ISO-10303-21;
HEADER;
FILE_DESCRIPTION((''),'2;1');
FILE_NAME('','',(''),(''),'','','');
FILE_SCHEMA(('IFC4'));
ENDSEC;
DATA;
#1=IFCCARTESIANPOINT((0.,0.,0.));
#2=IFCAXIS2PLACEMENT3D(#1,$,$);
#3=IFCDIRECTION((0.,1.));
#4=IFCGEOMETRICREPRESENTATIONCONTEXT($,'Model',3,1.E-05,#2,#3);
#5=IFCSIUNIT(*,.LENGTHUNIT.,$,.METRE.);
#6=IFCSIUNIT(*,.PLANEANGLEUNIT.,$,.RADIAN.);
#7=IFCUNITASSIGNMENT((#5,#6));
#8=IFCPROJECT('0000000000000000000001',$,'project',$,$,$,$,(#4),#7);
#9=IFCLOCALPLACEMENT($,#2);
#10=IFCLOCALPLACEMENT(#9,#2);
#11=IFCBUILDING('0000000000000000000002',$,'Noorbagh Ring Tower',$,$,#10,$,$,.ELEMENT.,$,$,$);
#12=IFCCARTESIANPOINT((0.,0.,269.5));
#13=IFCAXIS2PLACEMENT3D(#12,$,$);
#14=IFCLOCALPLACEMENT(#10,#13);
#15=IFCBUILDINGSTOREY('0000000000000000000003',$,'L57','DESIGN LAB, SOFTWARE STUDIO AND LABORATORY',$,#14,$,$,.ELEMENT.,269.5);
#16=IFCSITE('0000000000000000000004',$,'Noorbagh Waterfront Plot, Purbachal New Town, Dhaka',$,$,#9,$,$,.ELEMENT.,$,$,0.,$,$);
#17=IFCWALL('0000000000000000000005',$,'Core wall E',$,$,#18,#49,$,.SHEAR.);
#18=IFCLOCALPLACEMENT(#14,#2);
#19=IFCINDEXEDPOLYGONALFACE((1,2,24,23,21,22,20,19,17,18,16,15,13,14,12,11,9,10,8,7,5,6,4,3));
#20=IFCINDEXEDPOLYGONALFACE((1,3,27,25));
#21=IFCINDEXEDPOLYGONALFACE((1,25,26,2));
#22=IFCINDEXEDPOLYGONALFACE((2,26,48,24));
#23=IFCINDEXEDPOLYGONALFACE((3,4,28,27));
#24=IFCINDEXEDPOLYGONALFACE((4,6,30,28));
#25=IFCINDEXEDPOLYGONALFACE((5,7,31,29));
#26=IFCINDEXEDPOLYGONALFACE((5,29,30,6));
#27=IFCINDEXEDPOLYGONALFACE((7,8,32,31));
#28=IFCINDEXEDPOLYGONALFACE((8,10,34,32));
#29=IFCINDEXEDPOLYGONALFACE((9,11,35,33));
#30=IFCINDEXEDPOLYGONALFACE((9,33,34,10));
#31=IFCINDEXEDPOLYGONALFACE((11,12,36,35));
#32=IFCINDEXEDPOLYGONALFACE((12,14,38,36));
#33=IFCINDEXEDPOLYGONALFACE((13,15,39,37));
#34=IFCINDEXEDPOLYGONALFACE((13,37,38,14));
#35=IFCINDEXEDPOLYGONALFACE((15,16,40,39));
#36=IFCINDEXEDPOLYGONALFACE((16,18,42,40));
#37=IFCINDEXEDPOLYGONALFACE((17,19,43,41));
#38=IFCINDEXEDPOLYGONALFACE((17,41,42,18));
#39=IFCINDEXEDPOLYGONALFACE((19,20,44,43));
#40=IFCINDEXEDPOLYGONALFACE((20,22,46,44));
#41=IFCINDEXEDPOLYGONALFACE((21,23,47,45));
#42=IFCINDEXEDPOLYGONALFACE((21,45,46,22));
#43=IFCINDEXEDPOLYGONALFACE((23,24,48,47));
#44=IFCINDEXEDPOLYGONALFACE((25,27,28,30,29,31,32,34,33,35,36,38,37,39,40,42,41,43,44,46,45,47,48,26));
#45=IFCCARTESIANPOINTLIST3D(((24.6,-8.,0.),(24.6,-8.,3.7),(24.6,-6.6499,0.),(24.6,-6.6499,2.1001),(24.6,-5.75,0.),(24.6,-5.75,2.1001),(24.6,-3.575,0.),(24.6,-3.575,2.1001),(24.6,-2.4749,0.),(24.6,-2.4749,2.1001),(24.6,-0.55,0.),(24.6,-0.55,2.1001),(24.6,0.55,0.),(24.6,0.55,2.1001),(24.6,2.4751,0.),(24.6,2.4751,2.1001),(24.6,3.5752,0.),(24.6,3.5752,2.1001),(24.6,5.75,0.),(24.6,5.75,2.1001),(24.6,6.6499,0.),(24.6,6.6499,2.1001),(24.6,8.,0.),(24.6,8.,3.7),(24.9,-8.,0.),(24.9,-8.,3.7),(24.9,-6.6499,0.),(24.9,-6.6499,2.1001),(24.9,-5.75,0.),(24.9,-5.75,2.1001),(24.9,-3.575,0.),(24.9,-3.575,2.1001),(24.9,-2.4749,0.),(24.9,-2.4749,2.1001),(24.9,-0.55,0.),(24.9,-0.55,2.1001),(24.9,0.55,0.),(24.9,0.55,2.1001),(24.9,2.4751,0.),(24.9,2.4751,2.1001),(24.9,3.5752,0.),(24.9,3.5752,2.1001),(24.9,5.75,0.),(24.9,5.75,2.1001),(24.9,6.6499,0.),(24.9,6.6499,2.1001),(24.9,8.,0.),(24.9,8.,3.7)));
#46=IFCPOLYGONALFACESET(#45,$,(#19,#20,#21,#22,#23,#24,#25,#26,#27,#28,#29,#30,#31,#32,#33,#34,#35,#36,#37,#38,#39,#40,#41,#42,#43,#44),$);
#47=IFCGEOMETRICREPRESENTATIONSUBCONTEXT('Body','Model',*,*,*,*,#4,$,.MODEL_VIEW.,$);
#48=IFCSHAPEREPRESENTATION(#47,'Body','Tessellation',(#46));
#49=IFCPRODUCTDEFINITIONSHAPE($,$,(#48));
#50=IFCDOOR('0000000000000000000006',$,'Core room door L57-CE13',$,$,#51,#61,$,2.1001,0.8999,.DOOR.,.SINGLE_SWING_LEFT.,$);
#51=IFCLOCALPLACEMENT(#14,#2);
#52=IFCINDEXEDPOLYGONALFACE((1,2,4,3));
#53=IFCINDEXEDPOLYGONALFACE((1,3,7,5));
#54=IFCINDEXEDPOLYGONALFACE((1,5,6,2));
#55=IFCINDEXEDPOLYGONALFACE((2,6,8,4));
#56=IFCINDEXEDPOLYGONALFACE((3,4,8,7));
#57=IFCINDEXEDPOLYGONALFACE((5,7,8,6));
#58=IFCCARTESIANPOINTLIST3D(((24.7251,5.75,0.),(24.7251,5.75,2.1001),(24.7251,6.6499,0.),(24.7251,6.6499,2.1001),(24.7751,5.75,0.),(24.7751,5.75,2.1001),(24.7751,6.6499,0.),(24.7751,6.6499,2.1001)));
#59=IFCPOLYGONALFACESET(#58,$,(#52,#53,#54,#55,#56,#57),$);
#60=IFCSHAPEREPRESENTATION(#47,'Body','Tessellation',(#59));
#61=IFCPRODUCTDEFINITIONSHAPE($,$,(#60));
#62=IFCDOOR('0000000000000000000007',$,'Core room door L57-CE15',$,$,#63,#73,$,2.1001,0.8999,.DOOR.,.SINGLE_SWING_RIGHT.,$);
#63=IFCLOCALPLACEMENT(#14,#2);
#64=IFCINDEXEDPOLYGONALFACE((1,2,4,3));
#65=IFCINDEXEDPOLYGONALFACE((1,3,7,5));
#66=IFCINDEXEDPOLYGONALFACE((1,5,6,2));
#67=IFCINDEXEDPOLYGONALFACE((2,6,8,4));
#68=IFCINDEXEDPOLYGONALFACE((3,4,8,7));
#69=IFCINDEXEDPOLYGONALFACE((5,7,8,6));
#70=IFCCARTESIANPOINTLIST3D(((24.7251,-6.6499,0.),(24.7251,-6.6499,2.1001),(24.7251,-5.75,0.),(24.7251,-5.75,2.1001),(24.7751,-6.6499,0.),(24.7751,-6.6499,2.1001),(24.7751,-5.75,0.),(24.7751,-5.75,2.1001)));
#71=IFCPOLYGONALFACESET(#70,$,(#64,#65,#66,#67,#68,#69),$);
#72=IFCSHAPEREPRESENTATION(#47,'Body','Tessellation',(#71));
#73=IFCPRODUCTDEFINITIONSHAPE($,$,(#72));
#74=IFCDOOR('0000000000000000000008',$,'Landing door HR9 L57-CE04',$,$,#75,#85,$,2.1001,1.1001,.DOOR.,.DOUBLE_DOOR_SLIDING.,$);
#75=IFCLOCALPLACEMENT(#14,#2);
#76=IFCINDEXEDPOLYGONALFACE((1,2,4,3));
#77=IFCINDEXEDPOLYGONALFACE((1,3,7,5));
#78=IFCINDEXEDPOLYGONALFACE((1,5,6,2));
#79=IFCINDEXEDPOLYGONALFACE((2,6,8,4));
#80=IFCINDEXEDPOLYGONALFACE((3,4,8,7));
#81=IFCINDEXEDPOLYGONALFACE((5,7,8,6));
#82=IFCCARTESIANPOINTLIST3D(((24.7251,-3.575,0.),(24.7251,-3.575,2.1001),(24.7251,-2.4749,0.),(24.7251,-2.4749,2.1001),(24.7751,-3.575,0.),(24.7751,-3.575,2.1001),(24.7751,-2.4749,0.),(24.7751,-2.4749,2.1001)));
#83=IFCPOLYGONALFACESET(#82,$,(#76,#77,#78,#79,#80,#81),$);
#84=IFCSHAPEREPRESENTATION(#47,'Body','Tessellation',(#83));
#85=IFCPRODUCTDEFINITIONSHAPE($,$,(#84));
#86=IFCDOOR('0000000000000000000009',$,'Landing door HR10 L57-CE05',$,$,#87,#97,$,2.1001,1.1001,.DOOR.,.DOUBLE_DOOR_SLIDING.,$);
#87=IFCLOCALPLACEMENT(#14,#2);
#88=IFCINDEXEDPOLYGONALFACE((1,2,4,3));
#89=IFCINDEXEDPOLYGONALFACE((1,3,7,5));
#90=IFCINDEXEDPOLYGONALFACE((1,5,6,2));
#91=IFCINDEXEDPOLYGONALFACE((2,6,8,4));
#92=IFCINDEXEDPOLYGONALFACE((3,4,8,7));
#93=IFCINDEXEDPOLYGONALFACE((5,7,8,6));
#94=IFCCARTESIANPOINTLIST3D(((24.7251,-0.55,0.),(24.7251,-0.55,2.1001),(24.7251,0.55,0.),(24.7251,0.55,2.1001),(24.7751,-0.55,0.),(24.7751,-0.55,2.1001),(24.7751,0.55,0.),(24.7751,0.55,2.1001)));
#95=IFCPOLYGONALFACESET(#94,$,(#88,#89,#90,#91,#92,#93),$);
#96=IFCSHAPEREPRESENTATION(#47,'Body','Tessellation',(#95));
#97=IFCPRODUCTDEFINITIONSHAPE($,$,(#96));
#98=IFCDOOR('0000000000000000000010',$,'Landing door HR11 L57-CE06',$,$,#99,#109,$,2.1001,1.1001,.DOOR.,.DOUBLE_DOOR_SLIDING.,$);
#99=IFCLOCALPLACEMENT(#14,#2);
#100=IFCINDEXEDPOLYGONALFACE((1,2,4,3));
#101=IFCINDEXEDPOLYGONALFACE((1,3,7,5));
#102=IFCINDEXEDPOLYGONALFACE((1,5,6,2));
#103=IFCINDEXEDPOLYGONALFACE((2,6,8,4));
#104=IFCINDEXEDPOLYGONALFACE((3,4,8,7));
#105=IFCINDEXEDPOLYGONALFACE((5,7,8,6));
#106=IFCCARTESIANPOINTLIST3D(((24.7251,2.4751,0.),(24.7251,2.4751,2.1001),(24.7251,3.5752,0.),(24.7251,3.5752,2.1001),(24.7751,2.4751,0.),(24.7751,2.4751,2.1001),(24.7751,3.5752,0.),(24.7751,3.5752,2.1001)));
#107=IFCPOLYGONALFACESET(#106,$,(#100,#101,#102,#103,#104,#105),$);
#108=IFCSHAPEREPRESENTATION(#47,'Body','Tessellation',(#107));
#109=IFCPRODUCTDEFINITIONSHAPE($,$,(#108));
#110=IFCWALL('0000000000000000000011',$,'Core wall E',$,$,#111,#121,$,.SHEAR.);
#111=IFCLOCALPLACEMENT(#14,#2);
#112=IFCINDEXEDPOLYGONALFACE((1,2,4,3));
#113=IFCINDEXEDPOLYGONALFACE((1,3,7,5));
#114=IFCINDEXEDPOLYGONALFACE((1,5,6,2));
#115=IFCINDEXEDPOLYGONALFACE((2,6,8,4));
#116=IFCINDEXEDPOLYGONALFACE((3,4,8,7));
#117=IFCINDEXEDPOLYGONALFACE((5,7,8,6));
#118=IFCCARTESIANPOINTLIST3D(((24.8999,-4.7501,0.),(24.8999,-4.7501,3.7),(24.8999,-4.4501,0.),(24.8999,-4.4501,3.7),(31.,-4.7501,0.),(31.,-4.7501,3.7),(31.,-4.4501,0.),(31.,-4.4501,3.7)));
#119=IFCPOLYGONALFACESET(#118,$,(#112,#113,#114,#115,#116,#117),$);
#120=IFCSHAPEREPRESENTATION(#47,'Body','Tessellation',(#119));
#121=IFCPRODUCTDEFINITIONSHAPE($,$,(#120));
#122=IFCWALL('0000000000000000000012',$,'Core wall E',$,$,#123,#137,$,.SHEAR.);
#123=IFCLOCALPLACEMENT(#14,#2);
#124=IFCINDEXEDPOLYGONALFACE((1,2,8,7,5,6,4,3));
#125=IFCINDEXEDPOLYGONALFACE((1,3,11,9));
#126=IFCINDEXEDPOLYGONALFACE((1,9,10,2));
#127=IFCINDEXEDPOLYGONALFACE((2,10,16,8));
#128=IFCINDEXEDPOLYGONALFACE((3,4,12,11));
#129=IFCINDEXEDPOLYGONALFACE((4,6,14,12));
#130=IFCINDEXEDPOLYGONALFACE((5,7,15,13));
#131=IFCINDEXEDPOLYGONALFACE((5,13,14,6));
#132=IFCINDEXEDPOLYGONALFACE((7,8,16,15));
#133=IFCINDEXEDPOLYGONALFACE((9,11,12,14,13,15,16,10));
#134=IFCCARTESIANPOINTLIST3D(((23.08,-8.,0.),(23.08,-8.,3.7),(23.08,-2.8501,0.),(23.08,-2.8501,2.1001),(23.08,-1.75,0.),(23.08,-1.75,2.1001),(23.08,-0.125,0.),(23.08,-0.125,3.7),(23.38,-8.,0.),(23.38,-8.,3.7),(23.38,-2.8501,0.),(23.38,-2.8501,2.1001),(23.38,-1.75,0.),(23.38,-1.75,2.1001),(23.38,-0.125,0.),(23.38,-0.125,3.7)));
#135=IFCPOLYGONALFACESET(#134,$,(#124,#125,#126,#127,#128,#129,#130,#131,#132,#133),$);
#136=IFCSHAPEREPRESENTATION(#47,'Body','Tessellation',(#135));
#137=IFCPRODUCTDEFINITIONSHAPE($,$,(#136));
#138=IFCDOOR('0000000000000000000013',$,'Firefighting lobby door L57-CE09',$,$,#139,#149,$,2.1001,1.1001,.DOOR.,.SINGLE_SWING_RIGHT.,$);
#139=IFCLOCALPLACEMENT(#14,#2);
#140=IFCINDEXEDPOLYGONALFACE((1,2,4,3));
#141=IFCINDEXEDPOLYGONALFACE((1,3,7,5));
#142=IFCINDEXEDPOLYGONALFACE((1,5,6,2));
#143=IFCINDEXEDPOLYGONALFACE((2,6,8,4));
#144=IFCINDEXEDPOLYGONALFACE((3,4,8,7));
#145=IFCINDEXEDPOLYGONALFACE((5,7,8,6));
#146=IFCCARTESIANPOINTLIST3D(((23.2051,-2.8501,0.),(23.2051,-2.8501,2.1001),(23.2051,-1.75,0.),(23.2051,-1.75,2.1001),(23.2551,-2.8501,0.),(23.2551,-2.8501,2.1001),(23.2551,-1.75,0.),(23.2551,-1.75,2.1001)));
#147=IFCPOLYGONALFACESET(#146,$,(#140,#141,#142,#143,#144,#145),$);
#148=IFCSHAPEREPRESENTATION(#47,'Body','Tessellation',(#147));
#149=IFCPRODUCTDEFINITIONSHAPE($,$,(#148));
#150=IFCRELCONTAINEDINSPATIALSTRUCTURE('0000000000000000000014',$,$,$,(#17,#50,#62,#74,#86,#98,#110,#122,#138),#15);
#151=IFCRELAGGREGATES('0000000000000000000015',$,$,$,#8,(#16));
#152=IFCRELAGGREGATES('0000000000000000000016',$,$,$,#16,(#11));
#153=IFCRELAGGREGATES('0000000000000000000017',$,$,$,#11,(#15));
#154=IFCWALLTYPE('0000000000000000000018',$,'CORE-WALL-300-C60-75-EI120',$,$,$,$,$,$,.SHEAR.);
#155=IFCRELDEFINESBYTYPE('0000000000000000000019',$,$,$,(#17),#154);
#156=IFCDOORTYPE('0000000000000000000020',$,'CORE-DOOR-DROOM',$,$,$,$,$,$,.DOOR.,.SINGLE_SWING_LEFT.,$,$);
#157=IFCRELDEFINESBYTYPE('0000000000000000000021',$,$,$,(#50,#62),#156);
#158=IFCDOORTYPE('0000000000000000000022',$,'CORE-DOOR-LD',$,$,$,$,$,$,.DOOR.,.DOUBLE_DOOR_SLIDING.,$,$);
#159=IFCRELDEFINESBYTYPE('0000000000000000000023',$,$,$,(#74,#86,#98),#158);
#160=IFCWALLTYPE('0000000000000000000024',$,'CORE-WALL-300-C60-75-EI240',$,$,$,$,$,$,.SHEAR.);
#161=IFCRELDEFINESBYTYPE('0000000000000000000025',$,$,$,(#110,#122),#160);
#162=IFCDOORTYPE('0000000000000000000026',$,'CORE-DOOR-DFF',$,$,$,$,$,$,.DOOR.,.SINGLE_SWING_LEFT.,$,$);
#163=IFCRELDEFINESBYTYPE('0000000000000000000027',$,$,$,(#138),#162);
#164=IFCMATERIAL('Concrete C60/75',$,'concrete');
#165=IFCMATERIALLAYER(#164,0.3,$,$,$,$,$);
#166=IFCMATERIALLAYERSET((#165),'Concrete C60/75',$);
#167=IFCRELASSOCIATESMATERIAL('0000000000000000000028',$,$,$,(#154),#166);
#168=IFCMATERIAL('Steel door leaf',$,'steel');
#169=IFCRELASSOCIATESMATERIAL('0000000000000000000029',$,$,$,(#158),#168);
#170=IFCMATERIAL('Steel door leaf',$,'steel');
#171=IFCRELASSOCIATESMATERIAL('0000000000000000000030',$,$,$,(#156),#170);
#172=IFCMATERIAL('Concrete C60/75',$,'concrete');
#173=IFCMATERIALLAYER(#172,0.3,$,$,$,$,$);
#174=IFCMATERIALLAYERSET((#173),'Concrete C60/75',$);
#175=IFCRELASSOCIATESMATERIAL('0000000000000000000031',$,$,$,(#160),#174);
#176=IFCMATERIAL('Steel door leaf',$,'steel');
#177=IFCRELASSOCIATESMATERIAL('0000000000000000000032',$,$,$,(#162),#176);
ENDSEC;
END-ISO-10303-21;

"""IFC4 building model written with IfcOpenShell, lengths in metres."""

from ifc_helpers import new_model, si_unit, direction, frame, frame_2d, origin, place, context, subcontext, project, spatial, rectangle, extrude, material, layer, layer_set, type_object, element, fill, save


model = new_model("IFC4")

# Units and contexts
model_context = context("Model", 3, precision=1e-05, world=origin(), true_north=direction((0.0, 1.0)))
body_context = subcontext(model_context, "Body", "Model", "MODEL_VIEW")
ifc_project = project(units=[si_unit("LENGTHUNIT", "METRE"), si_unit("PLANEANGLEUNIT", "RADIAN")], contexts=[model_context])

# Site, building, storey
site_placement = place(None, origin())
site = spatial("IfcSite", under=ifc_project, at=site_placement, Name="Noorbagh Waterfront Plot, Purbachal New Town, Dhaka", CompositionType="ELEMENT", RefElevation=0.0)
building_placement = place(site_placement, origin())
building = spatial("IfcBuilding", under=site, at=building_placement, Name="Noorbagh Ring Tower", CompositionType="ELEMENT")
storey_placement = place(building_placement, frame((0.0, 0.0, 269.5)))
storey = spatial("IfcBuildingStorey", under=building, at=storey_placement, Name="L57", Description="DESIGN LAB, SOFTWARE STUDIO AND LABORATORY", CompositionType="ELEMENT", Elevation=269.5)

# Shared definitions
ifc_material_1 = material(Name="Concrete C60/75", Category="concrete")
ifc_layer_1 = layer(ifc_material_1, 0.3)
ifc_layer_set_1 = layer_set([ifc_layer_1], Name="Concrete C60/75")
wall_type_1 = type_object("IfcWallType", Name="CORE-WALL-300-C60-75-EI120", PredefinedType="SHEAR", material=ifc_layer_set_1)

# Wall, openings, doors
ifc_material_2 = material(Name="Steel door leaf", Category="steel")
door_type_1 = type_object("IfcDoorType", Name="CORE-DOOR-LD", OperationType="DOUBLE_DOOR_SLIDING", PredefinedType="DOOR", material=ifc_material_2)
wall_1_placement = place(storey_placement, frame((24.75, -8.0, 0.0), z_axis=(0.0, 0.0, 1.0), x_axis=(0.0, 1.0, 0.0)))
wall_1 = element("IfcWall", 1, at=wall_1_placement, inside=storey, type_object=wall_type_1, Name="Core wall E", PredefinedType="SHEAR", context=body_context, shape_type="SweptSolid", body=[
    extrude(rectangle(XDim=16.0, YDim=0.3, at=frame_2d((8.0, 0.0))), origin(), (0.0, 0.0, 1.0), 3.7),
])
opening_1_placement = place(wall_1_placement, frame((4.425, 0.0, 0.0)))
opening_1 = element("IfcOpeningElement", 2, at=opening_1_placement, cuts=wall_1, PredefinedType="OPENING", context=body_context, shape_type="SweptSolid", body=[
    extrude(rectangle(XDim=1.1001, YDim=2.1001, at=frame_2d((0.55, 1.05))), frame((0.0, 0.1602, 0.0), z_axis=(0.0, -1.0, 0.0), x_axis=(1.0, 0.0, 0.0)), (0.0, 0.0, 1.0), 0.3201),
])
opening_2_placement = place(wall_1_placement, frame((7.45, 0.0, 0.0)))
opening_2 = element("IfcOpeningElement", 3, at=opening_2_placement, cuts=wall_1, PredefinedType="OPENING", context=body_context, shape_type="SweptSolid", body=[
    extrude(rectangle(XDim=1.1001, YDim=2.1001, at=frame_2d((0.55, 1.05))), frame((0.0, 0.1602, 0.0), z_axis=(0.0, -1.0, 0.0), x_axis=(1.0, 0.0, 0.0)), (0.0, 0.0, 1.0), 0.3201),
])
opening_3_placement = place(wall_1_placement, frame((10.4751, 0.0, 0.0)))
opening_3 = element("IfcOpeningElement", 4, at=opening_3_placement, cuts=wall_1, PredefinedType="OPENING", context=body_context, shape_type="SweptSolid", body=[
    extrude(rectangle(XDim=1.1001, YDim=2.1001, at=frame_2d((0.55, 1.05))), frame((0.0, 0.1602, 0.0), z_axis=(0.0, -1.0, 0.0), x_axis=(1.0, 0.0, 0.0)), (0.0, 0.0, 1.0), 0.3201),
])
opening_4_placement = place(wall_1_placement, frame((13.75, 0.0, 0.0)))
opening_4 = element("IfcOpeningElement", 5, at=opening_4_placement, cuts=wall_1, PredefinedType="OPENING", context=body_context, shape_type="SweptSolid", body=[
    extrude(rectangle(XDim=0.8999, YDim=2.1001, at=frame_2d((0.45, 1.05))), frame((0.0, 0.1602, 0.0), z_axis=(0.0, -1.0, 0.0), x_axis=(1.0, 0.0, 0.0)), (0.0, 0.0, 1.0), 0.3201),
])
opening_5_placement = place(wall_1_placement, frame((1.3501, 0.0, 0.0)))
opening_5 = element("IfcOpeningElement", 6, at=opening_5_placement, cuts=wall_1, PredefinedType="OPENING", context=body_context, shape_type="SweptSolid", body=[
    extrude(rectangle(XDim=0.8999, YDim=2.1001, at=frame_2d((0.45, 1.05))), frame((0.0, 0.1602, 0.0), z_axis=(0.0, -1.0, 0.0), x_axis=(1.0, 0.0, 0.0)), (0.0, 0.0, 1.0), 0.3201),
])
ifc_material_3 = material(Name="Steel door leaf", Category="steel")
door_type_2 = type_object("IfcDoorType", Name="CORE-DOOR-DROOM", OperationType="SINGLE_SWING_LEFT", PredefinedType="DOOR", material=ifc_material_3)
door_1_placement = place(opening_4_placement, origin())
door_1 = element("IfcDoor", 7, at=door_1_placement, inside=storey, type_object=door_type_2, Name="Core room door L57-CE13", OperationType="SINGLE_SWING_LEFT", OverallHeight=2.1001, OverallWidth=0.8999, PredefinedType="DOOR", context=body_context, shape_type="SweptSolid", body=[
    extrude(rectangle(XDim=0.8999, YDim=2.1001, at=frame_2d((0.45, 1.05))), frame((0.0, 0.0249, 0.0), z_axis=(0.0, -1.0, 0.0), x_axis=(1.0, 0.0, 0.0)), (0.0, 0.0, 1.0), 0.05),
])
fill(opening_4, door_1)
door_2_placement = place(opening_5_placement, origin())
door_2 = element("IfcDoor", 8, at=door_2_placement, inside=storey, type_object=door_type_2, Name="Core room door L57-CE15", OperationType="SINGLE_SWING_RIGHT", OverallHeight=2.1001, OverallWidth=0.8999, PredefinedType="DOOR", context=body_context, shape_type="SweptSolid", body=[
    extrude(rectangle(XDim=0.8999, YDim=2.1001, at=frame_2d((0.45, 1.05))), frame((0.0, 0.0249, 0.0), z_axis=(0.0, -1.0, 0.0), x_axis=(1.0, 0.0, 0.0)), (0.0, 0.0, 1.0), 0.05),
])
fill(opening_5, door_2)
door_3_placement = place(opening_1_placement, origin())
door_3 = element("IfcDoor", 9, at=door_3_placement, inside=storey, type_object=door_type_1, Name="Landing door HR9 L57-CE04", OperationType="DOUBLE_DOOR_SLIDING", OverallHeight=2.1001, OverallWidth=1.1001, PredefinedType="DOOR", context=body_context, shape_type="SweptSolid", body=[
    extrude(rectangle(XDim=1.1001, YDim=2.1001, at=frame_2d((0.55, 1.05))), frame((0.0, 0.0249, 0.0), z_axis=(0.0, -1.0, 0.0), x_axis=(1.0, 0.0, 0.0)), (0.0, 0.0, 1.0), 0.05),
])
fill(opening_1, door_3)
door_4_placement = place(opening_2_placement, origin())
door_4 = element("IfcDoor", 10, at=door_4_placement, inside=storey, type_object=door_type_1, Name="Landing door HR10 L57-CE05", OperationType="DOUBLE_DOOR_SLIDING", OverallHeight=2.1001, OverallWidth=1.1001, PredefinedType="DOOR", context=body_context, shape_type="SweptSolid", body=[
    extrude(rectangle(XDim=1.1001, YDim=2.1001, at=frame_2d((0.55, 1.05))), frame((0.0, 0.0249, 0.0), z_axis=(0.0, -1.0, 0.0), x_axis=(1.0, 0.0, 0.0)), (0.0, 0.0, 1.0), 0.05),
])
fill(opening_2, door_4)
door_5_placement = place(opening_3_placement, origin())
door_5 = element("IfcDoor", 11, at=door_5_placement, inside=storey, type_object=door_type_1, Name="Landing door HR11 L57-CE06", OperationType="DOUBLE_DOOR_SLIDING", OverallHeight=2.1001, OverallWidth=1.1001, PredefinedType="DOOR", context=body_context, shape_type="SweptSolid", body=[
    extrude(rectangle(XDim=1.1001, YDim=2.1001, at=frame_2d((0.55, 1.05))), frame((0.0, 0.0249, 0.0), z_axis=(0.0, -1.0, 0.0), x_axis=(1.0, 0.0, 0.0)), (0.0, 0.0, 1.0), 0.05),
])
fill(opening_3, door_5)

# Wall
ifc_material_4 = material(Name="Concrete C60/75", Category="concrete")
ifc_layer_2 = layer(ifc_material_4, 0.3)
ifc_layer_set_2 = layer_set([ifc_layer_2], Name="Concrete C60/75")
wall_type_2 = type_object("IfcWallType", Name="CORE-WALL-300-C60-75-EI240", PredefinedType="SHEAR", material=ifc_layer_set_2)
wall_2_placement = place(storey_placement, frame((24.8999, -4.6001, 0.0), z_axis=(0.0, 0.0, 1.0), x_axis=(1.0, 0.0, 0.0)))
element("IfcWall", 12, at=wall_2_placement, inside=storey, type_object=wall_type_2, Name="Core wall E", PredefinedType="SHEAR", context=body_context, shape_type="SweptSolid", body=[
    extrude(rectangle(XDim=6.1001, YDim=0.3, at=frame_2d((3.05, 0.0))), origin(), (0.0, 0.0, 1.0), 3.7),
])

# Wall, opening, door
wall_3_placement = place(storey_placement, frame((23.23, -8.0, 0.0), z_axis=(0.0, 0.0, 1.0), x_axis=(0.0, 1.0, 0.0)))
wall_3 = element("IfcWall", 13, at=wall_3_placement, inside=storey, type_object=wall_type_2, Name="Core wall E", PredefinedType="SHEAR", context=body_context, shape_type="SweptSolid", body=[
    extrude(rectangle(XDim=7.875, YDim=0.3, at=frame_2d((3.9375, 0.0))), origin(), (0.0, 0.0, 1.0), 3.7),
])
opening_6_placement = place(wall_3_placement, frame((5.1499, 0.0, 0.0)))
opening_6 = element("IfcOpeningElement", 14, at=opening_6_placement, cuts=wall_3, PredefinedType="OPENING", context=body_context, shape_type="SweptSolid", body=[
    extrude(rectangle(XDim=1.1001, YDim=2.1001, at=frame_2d((0.55, 1.05))), frame((0.0, 0.1602, 0.0), z_axis=(0.0, -1.0, 0.0), x_axis=(1.0, 0.0, 0.0)), (0.0, 0.0, 1.0), 0.3201),
])
ifc_material_5 = material(Name="Steel door leaf", Category="steel")
door_type_3 = type_object("IfcDoorType", Name="CORE-DOOR-DFF", OperationType="SINGLE_SWING_LEFT", PredefinedType="DOOR", material=ifc_material_5)
door_6_placement = place(opening_6_placement, origin())
door_6 = element("IfcDoor", 15, at=door_6_placement, inside=storey, type_object=door_type_3, Name="Firefighting lobby door L57-CE09", OperationType="SINGLE_SWING_RIGHT", OverallHeight=2.1001, OverallWidth=1.1001, PredefinedType="DOOR", context=body_context, shape_type="SweptSolid", body=[
    extrude(rectangle(XDim=1.1001, YDim=2.1001, at=frame_2d((0.55, 1.05))), frame((0.0, 0.0249, 0.0), z_axis=(0.0, -1.0, 0.0), x_axis=(1.0, 0.0, 0.0)), (0.0, 0.0, 1.0), 0.05),
])
fill(opening_6, door_6)

save(model, "model.ifc")
